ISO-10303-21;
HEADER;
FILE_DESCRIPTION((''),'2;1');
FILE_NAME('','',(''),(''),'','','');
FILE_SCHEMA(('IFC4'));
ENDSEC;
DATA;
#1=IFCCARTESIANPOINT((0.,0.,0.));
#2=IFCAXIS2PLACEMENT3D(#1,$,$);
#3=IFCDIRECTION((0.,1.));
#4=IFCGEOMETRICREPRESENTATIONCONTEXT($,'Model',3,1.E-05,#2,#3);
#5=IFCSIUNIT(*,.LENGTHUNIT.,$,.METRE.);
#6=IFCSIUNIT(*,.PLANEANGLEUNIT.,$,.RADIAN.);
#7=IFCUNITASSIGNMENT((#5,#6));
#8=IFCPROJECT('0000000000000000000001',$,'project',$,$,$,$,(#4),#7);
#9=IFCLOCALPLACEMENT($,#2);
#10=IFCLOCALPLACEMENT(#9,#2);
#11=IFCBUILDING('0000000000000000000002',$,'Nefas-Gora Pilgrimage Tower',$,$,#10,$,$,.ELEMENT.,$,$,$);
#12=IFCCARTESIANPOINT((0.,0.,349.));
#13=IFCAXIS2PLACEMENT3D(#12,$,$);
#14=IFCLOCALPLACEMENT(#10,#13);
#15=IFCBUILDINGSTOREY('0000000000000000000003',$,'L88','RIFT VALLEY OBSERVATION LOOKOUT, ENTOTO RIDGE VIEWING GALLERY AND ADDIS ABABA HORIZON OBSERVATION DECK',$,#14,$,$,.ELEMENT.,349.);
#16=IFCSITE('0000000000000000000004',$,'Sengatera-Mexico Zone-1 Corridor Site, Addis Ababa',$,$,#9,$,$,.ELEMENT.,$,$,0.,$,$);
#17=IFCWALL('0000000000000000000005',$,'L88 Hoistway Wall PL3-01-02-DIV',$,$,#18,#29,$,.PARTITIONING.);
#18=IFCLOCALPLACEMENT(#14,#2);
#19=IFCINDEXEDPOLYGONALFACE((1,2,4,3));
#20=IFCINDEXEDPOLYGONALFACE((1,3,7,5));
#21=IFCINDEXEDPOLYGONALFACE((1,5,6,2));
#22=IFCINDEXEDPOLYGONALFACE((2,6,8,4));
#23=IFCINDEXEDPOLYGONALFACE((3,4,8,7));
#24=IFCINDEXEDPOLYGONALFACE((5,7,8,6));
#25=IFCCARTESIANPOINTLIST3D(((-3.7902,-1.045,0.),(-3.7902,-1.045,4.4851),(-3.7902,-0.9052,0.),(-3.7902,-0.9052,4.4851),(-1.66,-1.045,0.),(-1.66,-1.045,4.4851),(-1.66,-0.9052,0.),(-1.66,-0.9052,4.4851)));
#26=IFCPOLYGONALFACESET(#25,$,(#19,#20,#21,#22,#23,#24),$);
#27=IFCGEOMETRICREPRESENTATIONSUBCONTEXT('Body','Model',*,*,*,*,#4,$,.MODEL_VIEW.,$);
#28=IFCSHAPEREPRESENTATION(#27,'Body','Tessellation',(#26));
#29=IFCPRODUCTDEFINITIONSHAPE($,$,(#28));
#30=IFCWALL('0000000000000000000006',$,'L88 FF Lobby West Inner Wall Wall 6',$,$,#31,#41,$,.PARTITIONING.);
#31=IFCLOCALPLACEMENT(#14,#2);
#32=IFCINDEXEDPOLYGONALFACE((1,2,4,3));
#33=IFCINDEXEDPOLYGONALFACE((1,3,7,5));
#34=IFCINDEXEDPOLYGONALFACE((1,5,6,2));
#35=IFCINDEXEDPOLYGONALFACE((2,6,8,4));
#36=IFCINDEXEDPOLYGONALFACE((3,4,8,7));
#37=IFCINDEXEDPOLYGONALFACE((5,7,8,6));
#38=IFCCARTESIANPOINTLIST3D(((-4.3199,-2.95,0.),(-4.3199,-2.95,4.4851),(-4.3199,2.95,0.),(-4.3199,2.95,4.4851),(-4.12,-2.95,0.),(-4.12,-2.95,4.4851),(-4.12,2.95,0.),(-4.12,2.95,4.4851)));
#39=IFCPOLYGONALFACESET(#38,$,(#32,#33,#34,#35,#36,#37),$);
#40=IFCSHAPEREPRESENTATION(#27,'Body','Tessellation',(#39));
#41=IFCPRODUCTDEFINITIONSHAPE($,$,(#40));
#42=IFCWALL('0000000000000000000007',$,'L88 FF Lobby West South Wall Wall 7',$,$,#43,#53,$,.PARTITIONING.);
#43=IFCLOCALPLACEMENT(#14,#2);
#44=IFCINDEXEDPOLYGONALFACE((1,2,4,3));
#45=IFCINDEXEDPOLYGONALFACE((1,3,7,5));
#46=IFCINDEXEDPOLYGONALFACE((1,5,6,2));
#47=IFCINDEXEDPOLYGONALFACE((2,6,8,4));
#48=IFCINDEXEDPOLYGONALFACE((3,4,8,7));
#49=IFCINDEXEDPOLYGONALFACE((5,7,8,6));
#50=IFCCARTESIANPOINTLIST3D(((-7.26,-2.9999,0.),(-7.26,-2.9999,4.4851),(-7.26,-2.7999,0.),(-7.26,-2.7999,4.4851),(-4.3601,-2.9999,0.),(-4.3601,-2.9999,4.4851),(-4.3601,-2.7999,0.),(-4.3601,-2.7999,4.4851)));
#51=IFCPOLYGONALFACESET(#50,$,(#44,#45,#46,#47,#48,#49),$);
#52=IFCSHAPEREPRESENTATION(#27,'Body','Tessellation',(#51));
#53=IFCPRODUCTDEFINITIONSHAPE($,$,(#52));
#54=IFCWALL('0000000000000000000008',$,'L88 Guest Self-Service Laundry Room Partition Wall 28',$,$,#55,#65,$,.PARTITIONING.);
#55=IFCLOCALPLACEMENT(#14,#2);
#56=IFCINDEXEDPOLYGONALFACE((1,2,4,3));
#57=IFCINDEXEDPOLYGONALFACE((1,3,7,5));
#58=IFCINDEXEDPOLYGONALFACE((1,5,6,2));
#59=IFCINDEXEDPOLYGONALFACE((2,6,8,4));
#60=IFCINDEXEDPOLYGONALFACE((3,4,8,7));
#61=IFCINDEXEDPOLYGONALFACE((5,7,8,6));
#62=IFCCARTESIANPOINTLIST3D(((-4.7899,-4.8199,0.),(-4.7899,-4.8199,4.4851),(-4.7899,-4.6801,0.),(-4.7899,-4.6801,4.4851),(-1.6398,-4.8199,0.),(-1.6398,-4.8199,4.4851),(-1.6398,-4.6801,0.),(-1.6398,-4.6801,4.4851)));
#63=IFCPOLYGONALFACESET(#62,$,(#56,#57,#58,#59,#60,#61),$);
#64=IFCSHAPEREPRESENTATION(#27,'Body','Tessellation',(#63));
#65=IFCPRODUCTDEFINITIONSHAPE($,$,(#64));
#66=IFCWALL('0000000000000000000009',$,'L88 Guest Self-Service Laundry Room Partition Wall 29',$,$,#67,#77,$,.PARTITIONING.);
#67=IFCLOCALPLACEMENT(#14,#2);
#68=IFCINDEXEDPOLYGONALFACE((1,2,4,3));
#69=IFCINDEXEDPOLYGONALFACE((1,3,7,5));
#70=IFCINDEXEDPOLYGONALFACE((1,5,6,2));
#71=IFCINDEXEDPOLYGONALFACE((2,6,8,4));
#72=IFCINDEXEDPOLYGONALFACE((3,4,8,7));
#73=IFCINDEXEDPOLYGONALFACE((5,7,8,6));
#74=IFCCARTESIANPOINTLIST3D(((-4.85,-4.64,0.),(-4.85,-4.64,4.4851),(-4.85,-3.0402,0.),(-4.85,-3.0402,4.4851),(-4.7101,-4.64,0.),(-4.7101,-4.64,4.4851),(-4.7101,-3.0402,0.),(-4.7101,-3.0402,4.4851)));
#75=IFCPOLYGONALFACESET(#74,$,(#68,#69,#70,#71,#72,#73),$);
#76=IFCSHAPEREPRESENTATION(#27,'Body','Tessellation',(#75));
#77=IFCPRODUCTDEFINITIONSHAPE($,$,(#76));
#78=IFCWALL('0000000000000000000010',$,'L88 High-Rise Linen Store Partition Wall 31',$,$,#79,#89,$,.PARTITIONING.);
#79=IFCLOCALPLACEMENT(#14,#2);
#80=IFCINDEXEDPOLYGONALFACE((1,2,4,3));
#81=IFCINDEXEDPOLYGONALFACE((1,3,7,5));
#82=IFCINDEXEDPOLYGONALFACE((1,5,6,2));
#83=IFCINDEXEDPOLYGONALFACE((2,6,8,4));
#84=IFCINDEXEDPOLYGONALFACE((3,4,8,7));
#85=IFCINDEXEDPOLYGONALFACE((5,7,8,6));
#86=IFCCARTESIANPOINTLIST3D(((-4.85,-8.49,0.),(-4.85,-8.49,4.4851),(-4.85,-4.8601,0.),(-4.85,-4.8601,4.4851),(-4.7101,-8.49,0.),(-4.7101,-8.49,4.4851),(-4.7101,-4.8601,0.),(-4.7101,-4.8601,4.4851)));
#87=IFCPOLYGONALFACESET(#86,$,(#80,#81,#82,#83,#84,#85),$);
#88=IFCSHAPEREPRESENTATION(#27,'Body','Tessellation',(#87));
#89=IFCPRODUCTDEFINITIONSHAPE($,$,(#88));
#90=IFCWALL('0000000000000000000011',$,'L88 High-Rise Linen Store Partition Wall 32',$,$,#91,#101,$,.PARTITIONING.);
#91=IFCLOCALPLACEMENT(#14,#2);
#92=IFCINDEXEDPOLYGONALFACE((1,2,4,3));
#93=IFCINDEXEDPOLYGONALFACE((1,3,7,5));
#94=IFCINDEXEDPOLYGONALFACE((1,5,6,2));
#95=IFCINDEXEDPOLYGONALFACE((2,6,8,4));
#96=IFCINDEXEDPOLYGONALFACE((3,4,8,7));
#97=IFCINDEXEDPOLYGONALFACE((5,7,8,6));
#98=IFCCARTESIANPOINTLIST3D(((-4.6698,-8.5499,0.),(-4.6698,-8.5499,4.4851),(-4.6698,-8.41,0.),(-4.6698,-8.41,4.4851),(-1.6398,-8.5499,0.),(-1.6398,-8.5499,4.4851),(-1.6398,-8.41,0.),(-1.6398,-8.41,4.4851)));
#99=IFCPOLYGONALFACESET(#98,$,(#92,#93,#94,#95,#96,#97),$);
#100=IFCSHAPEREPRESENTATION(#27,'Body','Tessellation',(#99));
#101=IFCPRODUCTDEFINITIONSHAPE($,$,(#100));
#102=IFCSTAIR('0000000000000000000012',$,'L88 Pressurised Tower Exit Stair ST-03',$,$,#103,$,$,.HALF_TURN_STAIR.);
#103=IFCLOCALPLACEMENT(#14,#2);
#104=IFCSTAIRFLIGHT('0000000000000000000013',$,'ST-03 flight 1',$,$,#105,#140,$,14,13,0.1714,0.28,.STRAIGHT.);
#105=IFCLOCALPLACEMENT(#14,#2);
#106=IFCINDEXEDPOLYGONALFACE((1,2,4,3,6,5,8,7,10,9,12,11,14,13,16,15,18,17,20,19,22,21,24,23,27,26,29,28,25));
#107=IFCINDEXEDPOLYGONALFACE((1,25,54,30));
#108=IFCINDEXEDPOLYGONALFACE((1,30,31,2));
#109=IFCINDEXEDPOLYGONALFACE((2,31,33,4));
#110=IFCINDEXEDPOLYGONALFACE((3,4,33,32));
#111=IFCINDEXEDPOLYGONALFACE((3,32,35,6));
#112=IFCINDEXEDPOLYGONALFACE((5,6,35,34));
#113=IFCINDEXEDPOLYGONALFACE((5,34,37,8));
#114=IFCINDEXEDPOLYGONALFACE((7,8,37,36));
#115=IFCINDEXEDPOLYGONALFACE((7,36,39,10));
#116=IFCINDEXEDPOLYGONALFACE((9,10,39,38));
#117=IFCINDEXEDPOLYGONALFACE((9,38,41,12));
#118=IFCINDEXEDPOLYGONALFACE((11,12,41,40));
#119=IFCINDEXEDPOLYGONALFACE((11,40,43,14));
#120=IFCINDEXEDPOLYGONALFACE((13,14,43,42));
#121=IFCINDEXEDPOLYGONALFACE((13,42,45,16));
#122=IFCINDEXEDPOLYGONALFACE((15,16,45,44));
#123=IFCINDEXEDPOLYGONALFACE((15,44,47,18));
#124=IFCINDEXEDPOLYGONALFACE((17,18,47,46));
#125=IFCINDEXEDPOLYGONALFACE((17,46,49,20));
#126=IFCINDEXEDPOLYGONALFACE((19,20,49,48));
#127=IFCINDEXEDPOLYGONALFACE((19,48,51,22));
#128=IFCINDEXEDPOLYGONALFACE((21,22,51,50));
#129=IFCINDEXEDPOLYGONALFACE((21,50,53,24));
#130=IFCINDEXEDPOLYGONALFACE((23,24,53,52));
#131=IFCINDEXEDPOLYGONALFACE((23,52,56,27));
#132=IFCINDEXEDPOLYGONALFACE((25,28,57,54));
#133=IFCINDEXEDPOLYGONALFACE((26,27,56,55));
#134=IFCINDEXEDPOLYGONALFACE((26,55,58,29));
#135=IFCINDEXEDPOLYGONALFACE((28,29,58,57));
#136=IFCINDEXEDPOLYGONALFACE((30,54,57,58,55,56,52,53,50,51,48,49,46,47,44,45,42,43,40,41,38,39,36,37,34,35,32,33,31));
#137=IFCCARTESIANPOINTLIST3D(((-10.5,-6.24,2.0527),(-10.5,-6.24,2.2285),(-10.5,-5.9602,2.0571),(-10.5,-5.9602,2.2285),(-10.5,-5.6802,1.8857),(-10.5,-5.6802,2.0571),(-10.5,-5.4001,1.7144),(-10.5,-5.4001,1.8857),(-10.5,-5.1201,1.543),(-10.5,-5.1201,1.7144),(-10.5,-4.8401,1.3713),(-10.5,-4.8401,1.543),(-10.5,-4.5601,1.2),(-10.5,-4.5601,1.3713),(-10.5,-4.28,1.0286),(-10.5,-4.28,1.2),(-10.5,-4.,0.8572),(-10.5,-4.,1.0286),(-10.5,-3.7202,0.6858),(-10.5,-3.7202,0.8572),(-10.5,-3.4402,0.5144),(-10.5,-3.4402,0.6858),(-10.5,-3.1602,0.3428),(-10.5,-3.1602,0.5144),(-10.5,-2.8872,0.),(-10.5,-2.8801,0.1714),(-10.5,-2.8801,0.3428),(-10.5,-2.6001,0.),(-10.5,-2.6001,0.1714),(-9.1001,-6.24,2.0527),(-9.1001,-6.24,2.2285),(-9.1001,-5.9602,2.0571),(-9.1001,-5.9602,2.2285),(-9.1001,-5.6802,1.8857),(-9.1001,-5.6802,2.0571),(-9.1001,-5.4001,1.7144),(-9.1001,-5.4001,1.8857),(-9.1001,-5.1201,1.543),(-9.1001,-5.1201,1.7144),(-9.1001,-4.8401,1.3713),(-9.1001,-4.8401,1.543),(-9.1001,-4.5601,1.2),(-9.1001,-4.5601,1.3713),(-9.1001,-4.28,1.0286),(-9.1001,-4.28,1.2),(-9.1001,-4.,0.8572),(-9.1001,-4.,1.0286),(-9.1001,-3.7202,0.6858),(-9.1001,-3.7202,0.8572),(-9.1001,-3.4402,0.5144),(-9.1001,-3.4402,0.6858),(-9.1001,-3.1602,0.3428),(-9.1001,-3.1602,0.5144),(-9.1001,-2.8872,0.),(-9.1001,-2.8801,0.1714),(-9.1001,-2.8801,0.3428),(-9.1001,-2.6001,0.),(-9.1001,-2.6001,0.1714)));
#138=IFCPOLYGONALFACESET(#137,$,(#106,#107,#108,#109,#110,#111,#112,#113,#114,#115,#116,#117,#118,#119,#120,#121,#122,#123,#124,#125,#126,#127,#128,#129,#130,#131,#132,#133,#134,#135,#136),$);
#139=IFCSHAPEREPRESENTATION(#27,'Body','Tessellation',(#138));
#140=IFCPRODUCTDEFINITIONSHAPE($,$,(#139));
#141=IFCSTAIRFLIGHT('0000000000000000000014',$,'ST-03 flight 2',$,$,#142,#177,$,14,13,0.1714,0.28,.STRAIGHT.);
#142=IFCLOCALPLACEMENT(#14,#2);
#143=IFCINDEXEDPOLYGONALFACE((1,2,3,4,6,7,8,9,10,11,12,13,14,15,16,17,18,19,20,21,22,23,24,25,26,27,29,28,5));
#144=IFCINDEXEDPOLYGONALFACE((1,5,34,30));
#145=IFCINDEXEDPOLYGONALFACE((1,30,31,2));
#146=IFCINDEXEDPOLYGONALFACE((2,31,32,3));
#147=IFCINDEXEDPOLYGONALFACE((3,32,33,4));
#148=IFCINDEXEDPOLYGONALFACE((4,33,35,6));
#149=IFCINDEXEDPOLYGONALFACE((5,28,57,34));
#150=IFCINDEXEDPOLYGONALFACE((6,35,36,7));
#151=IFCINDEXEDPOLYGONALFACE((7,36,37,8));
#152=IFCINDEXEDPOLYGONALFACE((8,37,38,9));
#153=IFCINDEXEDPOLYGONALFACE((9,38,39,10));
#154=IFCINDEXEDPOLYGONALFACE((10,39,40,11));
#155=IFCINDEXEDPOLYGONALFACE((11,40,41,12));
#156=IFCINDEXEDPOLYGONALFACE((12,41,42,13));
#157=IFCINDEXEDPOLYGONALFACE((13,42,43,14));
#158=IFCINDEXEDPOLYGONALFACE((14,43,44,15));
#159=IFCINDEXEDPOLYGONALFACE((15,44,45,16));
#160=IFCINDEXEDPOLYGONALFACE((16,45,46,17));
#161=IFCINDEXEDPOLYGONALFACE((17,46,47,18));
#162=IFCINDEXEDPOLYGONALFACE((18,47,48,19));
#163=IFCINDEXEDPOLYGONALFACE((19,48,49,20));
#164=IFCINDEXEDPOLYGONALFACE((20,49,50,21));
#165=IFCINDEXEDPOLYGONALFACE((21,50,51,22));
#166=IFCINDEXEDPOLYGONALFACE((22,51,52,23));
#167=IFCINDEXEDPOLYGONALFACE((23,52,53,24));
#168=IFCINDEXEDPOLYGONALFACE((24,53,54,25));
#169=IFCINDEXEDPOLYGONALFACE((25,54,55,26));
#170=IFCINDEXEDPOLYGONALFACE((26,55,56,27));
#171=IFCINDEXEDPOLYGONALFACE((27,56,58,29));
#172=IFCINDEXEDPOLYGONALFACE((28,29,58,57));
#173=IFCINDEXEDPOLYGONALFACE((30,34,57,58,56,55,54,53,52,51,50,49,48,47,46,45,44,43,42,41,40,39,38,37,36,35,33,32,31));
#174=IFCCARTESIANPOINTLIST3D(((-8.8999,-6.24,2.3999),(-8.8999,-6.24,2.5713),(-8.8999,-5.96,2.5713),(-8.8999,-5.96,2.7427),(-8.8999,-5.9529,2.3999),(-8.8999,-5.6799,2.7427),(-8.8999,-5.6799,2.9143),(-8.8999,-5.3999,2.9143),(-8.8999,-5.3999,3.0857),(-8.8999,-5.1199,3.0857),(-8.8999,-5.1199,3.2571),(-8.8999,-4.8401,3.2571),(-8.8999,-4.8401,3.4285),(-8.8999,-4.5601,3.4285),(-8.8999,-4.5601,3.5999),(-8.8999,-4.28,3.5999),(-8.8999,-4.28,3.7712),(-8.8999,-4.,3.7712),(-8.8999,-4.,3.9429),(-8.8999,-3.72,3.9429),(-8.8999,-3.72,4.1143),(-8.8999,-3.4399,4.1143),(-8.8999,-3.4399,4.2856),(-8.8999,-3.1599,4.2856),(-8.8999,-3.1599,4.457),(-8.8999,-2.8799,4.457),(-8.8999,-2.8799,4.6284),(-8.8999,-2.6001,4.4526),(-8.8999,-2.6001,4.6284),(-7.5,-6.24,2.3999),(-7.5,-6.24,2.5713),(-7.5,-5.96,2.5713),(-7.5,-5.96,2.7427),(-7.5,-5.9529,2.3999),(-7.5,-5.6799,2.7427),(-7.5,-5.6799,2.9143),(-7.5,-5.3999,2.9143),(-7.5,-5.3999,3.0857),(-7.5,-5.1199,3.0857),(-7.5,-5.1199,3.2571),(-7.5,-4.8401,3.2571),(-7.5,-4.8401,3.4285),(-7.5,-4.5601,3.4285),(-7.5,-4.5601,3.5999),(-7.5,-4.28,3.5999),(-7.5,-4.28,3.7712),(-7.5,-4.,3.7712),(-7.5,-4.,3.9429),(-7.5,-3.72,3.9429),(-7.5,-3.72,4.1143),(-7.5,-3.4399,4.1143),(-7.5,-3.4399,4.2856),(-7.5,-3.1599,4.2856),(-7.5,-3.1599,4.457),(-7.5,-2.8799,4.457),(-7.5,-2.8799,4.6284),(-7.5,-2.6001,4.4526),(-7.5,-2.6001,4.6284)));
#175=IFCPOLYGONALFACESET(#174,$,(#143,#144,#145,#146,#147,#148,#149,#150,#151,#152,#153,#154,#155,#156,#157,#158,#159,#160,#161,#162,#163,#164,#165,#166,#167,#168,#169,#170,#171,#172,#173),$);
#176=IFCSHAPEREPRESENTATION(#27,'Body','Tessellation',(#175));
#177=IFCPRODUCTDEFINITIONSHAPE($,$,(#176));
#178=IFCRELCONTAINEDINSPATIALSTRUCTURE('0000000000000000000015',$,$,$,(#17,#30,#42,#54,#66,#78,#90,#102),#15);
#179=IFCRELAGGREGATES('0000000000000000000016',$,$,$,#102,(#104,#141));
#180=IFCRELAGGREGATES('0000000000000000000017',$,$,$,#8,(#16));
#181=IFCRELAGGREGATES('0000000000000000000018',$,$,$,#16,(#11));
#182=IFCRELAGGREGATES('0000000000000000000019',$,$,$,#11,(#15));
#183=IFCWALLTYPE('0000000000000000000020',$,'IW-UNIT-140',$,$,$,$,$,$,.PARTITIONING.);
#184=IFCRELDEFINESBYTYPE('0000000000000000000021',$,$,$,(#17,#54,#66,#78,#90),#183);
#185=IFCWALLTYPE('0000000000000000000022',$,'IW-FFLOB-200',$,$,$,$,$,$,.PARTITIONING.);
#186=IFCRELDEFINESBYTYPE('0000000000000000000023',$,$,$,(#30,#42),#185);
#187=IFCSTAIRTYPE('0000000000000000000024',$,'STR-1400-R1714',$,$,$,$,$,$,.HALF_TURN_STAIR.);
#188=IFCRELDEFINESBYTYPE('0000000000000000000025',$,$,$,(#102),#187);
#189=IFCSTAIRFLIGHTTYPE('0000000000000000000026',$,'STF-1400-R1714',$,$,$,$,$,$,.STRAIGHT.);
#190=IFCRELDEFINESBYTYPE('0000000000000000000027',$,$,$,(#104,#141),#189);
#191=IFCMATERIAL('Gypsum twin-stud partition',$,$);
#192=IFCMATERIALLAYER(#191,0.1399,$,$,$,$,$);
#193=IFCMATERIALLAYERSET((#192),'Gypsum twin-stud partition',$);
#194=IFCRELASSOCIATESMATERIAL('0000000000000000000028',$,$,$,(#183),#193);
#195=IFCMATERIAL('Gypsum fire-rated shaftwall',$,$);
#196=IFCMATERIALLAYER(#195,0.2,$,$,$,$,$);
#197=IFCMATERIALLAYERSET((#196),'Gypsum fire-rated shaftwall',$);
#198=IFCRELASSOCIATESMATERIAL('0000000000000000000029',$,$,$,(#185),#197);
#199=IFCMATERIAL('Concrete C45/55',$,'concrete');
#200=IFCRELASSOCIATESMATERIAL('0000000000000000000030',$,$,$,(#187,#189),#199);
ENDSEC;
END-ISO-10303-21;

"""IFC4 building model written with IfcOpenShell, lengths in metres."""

from ifc_helpers import new_model, si_unit, direction, frame, frame_2d, origin, place, context, subcontext, project, spatial, polyline, rectangle, outline, extrude, source, transform, mapped, material, layer, layer_set, type_object, element, aggregate, save


model = new_model("IFC4")

# Units and contexts
model_context = context("Model", 3, precision=1e-05, world=origin(), true_north=direction((0.0, 1.0)))
body_context = subcontext(model_context, "Body", "Model", "MODEL_VIEW")
ifc_project = project(units=[si_unit("LENGTHUNIT", "METRE"), si_unit("PLANEANGLEUNIT", "RADIAN")], contexts=[model_context])

# Site, building, storey
site_placement = place(None, origin())
site = spatial("IfcSite", under=ifc_project, at=site_placement, Name="Sengatera-Mexico Zone-1 Corridor Site, Addis Ababa", CompositionType="ELEMENT", RefElevation=0.0)
building_placement = place(site_placement, origin())
building = spatial("IfcBuilding", under=site, at=building_placement, Name="Nefas-Gora Pilgrimage Tower", CompositionType="ELEMENT")
storey_placement = place(building_placement, frame((0.0, 0.0, 349.0)))
storey = spatial("IfcBuildingStorey", under=building, at=storey_placement, Name="L88", Description="RIFT VALLEY OBSERVATION LOOKOUT, ENTOTO RIDGE VIEWING GALLERY AND ADDIS ABABA HORIZON OBSERVATION DECK", CompositionType="ELEMENT", Elevation=349.0)

# Shared definitions
ifc_material_1 = material(Name="Concrete C45/55", Category="concrete")

# Walls
ifc_material_2 = material(Name="Gypsum twin-stud partition")
ifc_layer_1 = layer(ifc_material_2, 0.1399)
ifc_layer_set_1 = layer_set([ifc_layer_1], Name="Gypsum twin-stud partition")
wall_type_1 = type_object("IfcWallType", Name="IW-UNIT-140", PredefinedType="PARTITIONING", material=ifc_layer_set_1)
shared_shape_1 = source(origin(), body_context, "Body", "SweptSolid", [
    extrude(rectangle(XDim=2.1301, YDim=0.1399, at=frame_2d((1.0649, 0.0))), origin(), (0.0, 0.0, 1.0), 4.4851),
])
wall_1_placement = place(storey_placement, frame((-3.79, -0.9751, 0.0), z_axis=(0.0, 0.0, 1.0), x_axis=(1.0, 0.0, 0.0)))
element("IfcWall", 1, at=wall_1_placement, inside=storey, type_object=wall_type_1, Name="L88 Hoistway Wall PL3-01-02-DIV", PredefinedType="PARTITIONING", context=body_context, shape_type="MappedRepresentation", body=[
    mapped(shared_shape_1, transform((0.0, 0.0, 0.0), x_axis=(1.0, 0.0, 0.0), y_axis=(0.0, 1.0, 0.0), z_axis=(0.0, 0.0, 1.0), scale=1.0)),
])
ifc_material_3 = material(Name="Gypsum fire-rated shaftwall")
ifc_layer_2 = layer(ifc_material_3, 0.2)
ifc_layer_set_2 = layer_set([ifc_layer_2], Name="Gypsum fire-rated shaftwall")
wall_type_2 = type_object("IfcWallType", Name="IW-FFLOB-200", PredefinedType="PARTITIONING", material=ifc_layer_set_2)
shared_shape_2 = source(origin(), body_context, "Body", "SweptSolid", [
    extrude(rectangle(XDim=5.8999, YDim=0.2, at=frame_2d((2.95, 0.0))), origin(), (0.0, 0.0, 1.0), 4.4851),
])
wall_2_placement = place(storey_placement, frame((-4.22, -2.95, 0.0), z_axis=(0.0, 0.0, 1.0), x_axis=(0.0, 1.0, 0.0)))
element("IfcWall", 2, at=wall_2_placement, inside=storey, type_object=wall_type_2, Name="L88 FF Lobby West Inner Wall Wall 6", PredefinedType="PARTITIONING", context=body_context, shape_type="MappedRepresentation", body=[
    mapped(shared_shape_2, transform((0.0, 0.0, 0.0), x_axis=(1.0, 0.0, 0.0), y_axis=(0.0, 1.0, 0.0), z_axis=(0.0, 0.0, 1.0), scale=1.0)),
])
shared_shape_3 = source(origin(), body_context, "Body", "SweptSolid", [
    extrude(rectangle(XDim=2.8999, YDim=0.2, at=frame_2d((1.45, 0.0))), origin(), (0.0, 0.0, 1.0), 4.4851),
])
wall_3_placement = place(storey_placement, frame((-7.26, -2.8999, 0.0), z_axis=(0.0, 0.0, 1.0), x_axis=(1.0, 0.0, 0.0)))
element("IfcWall", 3, at=wall_3_placement, inside=storey, type_object=wall_type_2, Name="L88 FF Lobby West South Wall Wall 7", PredefinedType="PARTITIONING", context=body_context, shape_type="MappedRepresentation", body=[
    mapped(shared_shape_3, transform((0.0, 0.0, 0.0), x_axis=(1.0, 0.0, 0.0), y_axis=(0.0, 1.0, 0.0), z_axis=(0.0, 0.0, 1.0), scale=1.0)),
])
shared_shape_4 = source(origin(), body_context, "Body", "SweptSolid", [
    extrude(rectangle(XDim=3.1501, YDim=0.1399, at=frame_2d((1.5752, 0.0))), origin(), (0.0, 0.0, 1.0), 4.4851),
])
wall_4_placement = place(storey_placement, frame((-4.79, -4.75, 0.0), z_axis=(0.0, 0.0, 1.0), x_axis=(1.0, 0.0, 0.0)))
element("IfcWall", 4, at=wall_4_placement, inside=storey, type_object=wall_type_1, Name="L88 Guest Self-Service Laundry Room Partition Wall 28", PredefinedType="PARTITIONING", context=body_context, shape_type="MappedRepresentation", body=[
    mapped(shared_shape_4, transform((0.0, 0.0, 0.0), x_axis=(1.0, 0.0, 0.0), y_axis=(0.0, 1.0, 0.0), z_axis=(0.0, 0.0, 1.0), scale=1.0)),
])
shared_shape_5 = source(origin(), body_context, "Body", "SweptSolid", [
    extrude(rectangle(XDim=1.5999, YDim=0.1399, at=frame_2d((0.7998, 0.0))), origin(), (0.0, 0.0, 1.0), 4.4851),
])
wall_5_placement = place(storey_placement, frame((-4.78, -4.6399, 0.0), z_axis=(0.0, 0.0, 1.0), x_axis=(0.0, 1.0, 0.0)))
element("IfcWall", 5, at=wall_5_placement, inside=storey, type_object=wall_type_1, Name="L88 Guest Self-Service Laundry Room Partition Wall 29", PredefinedType="PARTITIONING", context=body_context, shape_type="MappedRepresentation", body=[
    mapped(shared_shape_5, transform((0.0, 0.0, 0.0), x_axis=(1.0, 0.0, 0.0), y_axis=(0.0, 1.0, 0.0), z_axis=(0.0, 0.0, 1.0), scale=1.0)),
])
shared_shape_6 = source(origin(), body_context, "Body", "SweptSolid", [
    extrude(rectangle(XDim=3.6299, YDim=0.1399, at=frame_2d((1.8149, 0.0))), origin(), (0.0, 0.0, 1.0), 4.4851),
])
wall_6_placement = place(storey_placement, frame((-4.78, -8.49, 0.0), z_axis=(0.0, 0.0, 1.0), x_axis=(0.0, 1.0, 0.0)))
element("IfcWall", 6, at=wall_6_placement, inside=storey, type_object=wall_type_1, Name="L88 High-Rise Linen Store Partition Wall 31", PredefinedType="PARTITIONING", context=body_context, shape_type="MappedRepresentation", body=[
    mapped(shared_shape_6, transform((0.0, 0.0, 0.0), x_axis=(1.0, 0.0, 0.0), y_axis=(0.0, 1.0, 0.0), z_axis=(0.0, 0.0, 1.0), scale=1.0)),
])
shared_shape_7 = source(origin(), body_context, "Body", "SweptSolid", [
    extrude(rectangle(XDim=3.03, YDim=0.1399, at=frame_2d((1.5151, 0.0))), origin(), (0.0, 0.0, 1.0), 4.4851),
])
wall_7_placement = place(storey_placement, frame((-4.6699, -8.48, 0.0), z_axis=(0.0, 0.0, 1.0), x_axis=(1.0, 0.0, 0.0)))
element("IfcWall", 7, at=wall_7_placement, inside=storey, type_object=wall_type_1, Name="L88 High-Rise Linen Store Partition Wall 32", PredefinedType="PARTITIONING", context=body_context, shape_type="MappedRepresentation", body=[
    mapped(shared_shape_7, transform((0.0, 0.0, 0.0), x_axis=(1.0, 0.0, 0.0), y_axis=(0.0, 1.0, 0.0), z_axis=(0.0, 0.0, 1.0), scale=1.0)),
])

# Stair, stair flights
stair_type = type_object("IfcStairType", Name="STR-1400-R1714", PredefinedType="HALF_TURN_STAIR", material=ifc_material_1)
stair_placement = place(storey_placement, origin())
stair = element("IfcStair", 8, at=stair_placement, inside=storey, type_object=stair_type, Name="L88 Pressurised Tower Exit Stair ST-03", PredefinedType="HALF_TURN_STAIR")
stair_flight_type = type_object("IfcStairFlightType", Name="STF-1400-R1714", PredefinedType="STRAIGHT", material=ifc_material_1)
shared_shape_8 = source(origin(), body_context, "Body", "SweptSolid", [
    extrude(outline(polyline([(0.0, 0.0), (0.0, 0.1714), (0.28, 0.1714), (0.28, 0.3428), (0.5601, 0.3428), (0.5601, 0.5144), (0.8401, 0.5144), (0.8401, 0.6858), (1.1201, 0.6858), (1.1201, 0.8572), (1.3999, 0.8572), (1.3999, 1.0286), (1.6799, 1.0286), (1.6799, 1.2), (1.96, 1.2), (1.96, 1.3713), (2.24, 1.3713), (2.24, 1.543), (2.52, 1.543), (2.52, 1.7144), (2.8, 1.7144), (2.8, 1.8857), (3.0801, 1.8857), (3.0801, 2.0571), (3.3601, 2.0571), (3.3601, 2.2285), (3.6399, 2.2285), (3.6399, 2.3999), (3.6399, 2.0527), (0.2871, 0.0), (0.0, 0.0)])), frame((0.0, 0.7, 0.0), z_axis=(0.0, -1.0, 0.0), x_axis=(1.0, 0.0, 0.0)), (0.0, 0.0, 1.0), 1.3999),
])
stair_flight_1_placement = place(storey_placement, frame((-9.8, -2.6001, 0.0), z_axis=(0.0, 0.0, 1.0), x_axis=(0.0, -1.0, 0.0)))
stair_flight_1 = element("IfcStairFlight", 9, at=stair_flight_1_placement, type_object=stair_flight_type, Name="ST-03 flight 1", NumberOfRisers=14, NumberOfTreads=13, PredefinedType="STRAIGHT", RiserHeight=0.1714, TreadLength=0.28, context=body_context, shape_type="MappedRepresentation", body=[
    mapped(shared_shape_8, transform((0.0, 0.0, 0.0), x_axis=(1.0, 0.0, 0.0), y_axis=(0.0, 1.0, 0.0), z_axis=(0.0, 0.0, 1.0), scale=1.0)),
])
stair_flight_2_placement = place(storey_placement, frame((-8.2, -6.24, 2.3999), z_axis=(0.0, 0.0, 1.0), x_axis=(0.0, 1.0, 0.0)))
stair_flight_2 = element("IfcStairFlight", 10, at=stair_flight_2_placement, type_object=stair_flight_type, Name="ST-03 flight 2", NumberOfRisers=14, NumberOfTreads=13, PredefinedType="STRAIGHT", RiserHeight=0.1714, TreadLength=0.28, context=body_context, shape_type="MappedRepresentation", body=[
    mapped(shared_shape_8, transform((0.0, 0.0, 0.0), x_axis=(1.0, 0.0, 0.0), y_axis=(0.0, 1.0, 0.0), z_axis=(0.0, 0.0, 1.0), scale=1.0)),
])
aggregate(stair, [stair_flight_1, stair_flight_2])

save(model, "model.ifc")
